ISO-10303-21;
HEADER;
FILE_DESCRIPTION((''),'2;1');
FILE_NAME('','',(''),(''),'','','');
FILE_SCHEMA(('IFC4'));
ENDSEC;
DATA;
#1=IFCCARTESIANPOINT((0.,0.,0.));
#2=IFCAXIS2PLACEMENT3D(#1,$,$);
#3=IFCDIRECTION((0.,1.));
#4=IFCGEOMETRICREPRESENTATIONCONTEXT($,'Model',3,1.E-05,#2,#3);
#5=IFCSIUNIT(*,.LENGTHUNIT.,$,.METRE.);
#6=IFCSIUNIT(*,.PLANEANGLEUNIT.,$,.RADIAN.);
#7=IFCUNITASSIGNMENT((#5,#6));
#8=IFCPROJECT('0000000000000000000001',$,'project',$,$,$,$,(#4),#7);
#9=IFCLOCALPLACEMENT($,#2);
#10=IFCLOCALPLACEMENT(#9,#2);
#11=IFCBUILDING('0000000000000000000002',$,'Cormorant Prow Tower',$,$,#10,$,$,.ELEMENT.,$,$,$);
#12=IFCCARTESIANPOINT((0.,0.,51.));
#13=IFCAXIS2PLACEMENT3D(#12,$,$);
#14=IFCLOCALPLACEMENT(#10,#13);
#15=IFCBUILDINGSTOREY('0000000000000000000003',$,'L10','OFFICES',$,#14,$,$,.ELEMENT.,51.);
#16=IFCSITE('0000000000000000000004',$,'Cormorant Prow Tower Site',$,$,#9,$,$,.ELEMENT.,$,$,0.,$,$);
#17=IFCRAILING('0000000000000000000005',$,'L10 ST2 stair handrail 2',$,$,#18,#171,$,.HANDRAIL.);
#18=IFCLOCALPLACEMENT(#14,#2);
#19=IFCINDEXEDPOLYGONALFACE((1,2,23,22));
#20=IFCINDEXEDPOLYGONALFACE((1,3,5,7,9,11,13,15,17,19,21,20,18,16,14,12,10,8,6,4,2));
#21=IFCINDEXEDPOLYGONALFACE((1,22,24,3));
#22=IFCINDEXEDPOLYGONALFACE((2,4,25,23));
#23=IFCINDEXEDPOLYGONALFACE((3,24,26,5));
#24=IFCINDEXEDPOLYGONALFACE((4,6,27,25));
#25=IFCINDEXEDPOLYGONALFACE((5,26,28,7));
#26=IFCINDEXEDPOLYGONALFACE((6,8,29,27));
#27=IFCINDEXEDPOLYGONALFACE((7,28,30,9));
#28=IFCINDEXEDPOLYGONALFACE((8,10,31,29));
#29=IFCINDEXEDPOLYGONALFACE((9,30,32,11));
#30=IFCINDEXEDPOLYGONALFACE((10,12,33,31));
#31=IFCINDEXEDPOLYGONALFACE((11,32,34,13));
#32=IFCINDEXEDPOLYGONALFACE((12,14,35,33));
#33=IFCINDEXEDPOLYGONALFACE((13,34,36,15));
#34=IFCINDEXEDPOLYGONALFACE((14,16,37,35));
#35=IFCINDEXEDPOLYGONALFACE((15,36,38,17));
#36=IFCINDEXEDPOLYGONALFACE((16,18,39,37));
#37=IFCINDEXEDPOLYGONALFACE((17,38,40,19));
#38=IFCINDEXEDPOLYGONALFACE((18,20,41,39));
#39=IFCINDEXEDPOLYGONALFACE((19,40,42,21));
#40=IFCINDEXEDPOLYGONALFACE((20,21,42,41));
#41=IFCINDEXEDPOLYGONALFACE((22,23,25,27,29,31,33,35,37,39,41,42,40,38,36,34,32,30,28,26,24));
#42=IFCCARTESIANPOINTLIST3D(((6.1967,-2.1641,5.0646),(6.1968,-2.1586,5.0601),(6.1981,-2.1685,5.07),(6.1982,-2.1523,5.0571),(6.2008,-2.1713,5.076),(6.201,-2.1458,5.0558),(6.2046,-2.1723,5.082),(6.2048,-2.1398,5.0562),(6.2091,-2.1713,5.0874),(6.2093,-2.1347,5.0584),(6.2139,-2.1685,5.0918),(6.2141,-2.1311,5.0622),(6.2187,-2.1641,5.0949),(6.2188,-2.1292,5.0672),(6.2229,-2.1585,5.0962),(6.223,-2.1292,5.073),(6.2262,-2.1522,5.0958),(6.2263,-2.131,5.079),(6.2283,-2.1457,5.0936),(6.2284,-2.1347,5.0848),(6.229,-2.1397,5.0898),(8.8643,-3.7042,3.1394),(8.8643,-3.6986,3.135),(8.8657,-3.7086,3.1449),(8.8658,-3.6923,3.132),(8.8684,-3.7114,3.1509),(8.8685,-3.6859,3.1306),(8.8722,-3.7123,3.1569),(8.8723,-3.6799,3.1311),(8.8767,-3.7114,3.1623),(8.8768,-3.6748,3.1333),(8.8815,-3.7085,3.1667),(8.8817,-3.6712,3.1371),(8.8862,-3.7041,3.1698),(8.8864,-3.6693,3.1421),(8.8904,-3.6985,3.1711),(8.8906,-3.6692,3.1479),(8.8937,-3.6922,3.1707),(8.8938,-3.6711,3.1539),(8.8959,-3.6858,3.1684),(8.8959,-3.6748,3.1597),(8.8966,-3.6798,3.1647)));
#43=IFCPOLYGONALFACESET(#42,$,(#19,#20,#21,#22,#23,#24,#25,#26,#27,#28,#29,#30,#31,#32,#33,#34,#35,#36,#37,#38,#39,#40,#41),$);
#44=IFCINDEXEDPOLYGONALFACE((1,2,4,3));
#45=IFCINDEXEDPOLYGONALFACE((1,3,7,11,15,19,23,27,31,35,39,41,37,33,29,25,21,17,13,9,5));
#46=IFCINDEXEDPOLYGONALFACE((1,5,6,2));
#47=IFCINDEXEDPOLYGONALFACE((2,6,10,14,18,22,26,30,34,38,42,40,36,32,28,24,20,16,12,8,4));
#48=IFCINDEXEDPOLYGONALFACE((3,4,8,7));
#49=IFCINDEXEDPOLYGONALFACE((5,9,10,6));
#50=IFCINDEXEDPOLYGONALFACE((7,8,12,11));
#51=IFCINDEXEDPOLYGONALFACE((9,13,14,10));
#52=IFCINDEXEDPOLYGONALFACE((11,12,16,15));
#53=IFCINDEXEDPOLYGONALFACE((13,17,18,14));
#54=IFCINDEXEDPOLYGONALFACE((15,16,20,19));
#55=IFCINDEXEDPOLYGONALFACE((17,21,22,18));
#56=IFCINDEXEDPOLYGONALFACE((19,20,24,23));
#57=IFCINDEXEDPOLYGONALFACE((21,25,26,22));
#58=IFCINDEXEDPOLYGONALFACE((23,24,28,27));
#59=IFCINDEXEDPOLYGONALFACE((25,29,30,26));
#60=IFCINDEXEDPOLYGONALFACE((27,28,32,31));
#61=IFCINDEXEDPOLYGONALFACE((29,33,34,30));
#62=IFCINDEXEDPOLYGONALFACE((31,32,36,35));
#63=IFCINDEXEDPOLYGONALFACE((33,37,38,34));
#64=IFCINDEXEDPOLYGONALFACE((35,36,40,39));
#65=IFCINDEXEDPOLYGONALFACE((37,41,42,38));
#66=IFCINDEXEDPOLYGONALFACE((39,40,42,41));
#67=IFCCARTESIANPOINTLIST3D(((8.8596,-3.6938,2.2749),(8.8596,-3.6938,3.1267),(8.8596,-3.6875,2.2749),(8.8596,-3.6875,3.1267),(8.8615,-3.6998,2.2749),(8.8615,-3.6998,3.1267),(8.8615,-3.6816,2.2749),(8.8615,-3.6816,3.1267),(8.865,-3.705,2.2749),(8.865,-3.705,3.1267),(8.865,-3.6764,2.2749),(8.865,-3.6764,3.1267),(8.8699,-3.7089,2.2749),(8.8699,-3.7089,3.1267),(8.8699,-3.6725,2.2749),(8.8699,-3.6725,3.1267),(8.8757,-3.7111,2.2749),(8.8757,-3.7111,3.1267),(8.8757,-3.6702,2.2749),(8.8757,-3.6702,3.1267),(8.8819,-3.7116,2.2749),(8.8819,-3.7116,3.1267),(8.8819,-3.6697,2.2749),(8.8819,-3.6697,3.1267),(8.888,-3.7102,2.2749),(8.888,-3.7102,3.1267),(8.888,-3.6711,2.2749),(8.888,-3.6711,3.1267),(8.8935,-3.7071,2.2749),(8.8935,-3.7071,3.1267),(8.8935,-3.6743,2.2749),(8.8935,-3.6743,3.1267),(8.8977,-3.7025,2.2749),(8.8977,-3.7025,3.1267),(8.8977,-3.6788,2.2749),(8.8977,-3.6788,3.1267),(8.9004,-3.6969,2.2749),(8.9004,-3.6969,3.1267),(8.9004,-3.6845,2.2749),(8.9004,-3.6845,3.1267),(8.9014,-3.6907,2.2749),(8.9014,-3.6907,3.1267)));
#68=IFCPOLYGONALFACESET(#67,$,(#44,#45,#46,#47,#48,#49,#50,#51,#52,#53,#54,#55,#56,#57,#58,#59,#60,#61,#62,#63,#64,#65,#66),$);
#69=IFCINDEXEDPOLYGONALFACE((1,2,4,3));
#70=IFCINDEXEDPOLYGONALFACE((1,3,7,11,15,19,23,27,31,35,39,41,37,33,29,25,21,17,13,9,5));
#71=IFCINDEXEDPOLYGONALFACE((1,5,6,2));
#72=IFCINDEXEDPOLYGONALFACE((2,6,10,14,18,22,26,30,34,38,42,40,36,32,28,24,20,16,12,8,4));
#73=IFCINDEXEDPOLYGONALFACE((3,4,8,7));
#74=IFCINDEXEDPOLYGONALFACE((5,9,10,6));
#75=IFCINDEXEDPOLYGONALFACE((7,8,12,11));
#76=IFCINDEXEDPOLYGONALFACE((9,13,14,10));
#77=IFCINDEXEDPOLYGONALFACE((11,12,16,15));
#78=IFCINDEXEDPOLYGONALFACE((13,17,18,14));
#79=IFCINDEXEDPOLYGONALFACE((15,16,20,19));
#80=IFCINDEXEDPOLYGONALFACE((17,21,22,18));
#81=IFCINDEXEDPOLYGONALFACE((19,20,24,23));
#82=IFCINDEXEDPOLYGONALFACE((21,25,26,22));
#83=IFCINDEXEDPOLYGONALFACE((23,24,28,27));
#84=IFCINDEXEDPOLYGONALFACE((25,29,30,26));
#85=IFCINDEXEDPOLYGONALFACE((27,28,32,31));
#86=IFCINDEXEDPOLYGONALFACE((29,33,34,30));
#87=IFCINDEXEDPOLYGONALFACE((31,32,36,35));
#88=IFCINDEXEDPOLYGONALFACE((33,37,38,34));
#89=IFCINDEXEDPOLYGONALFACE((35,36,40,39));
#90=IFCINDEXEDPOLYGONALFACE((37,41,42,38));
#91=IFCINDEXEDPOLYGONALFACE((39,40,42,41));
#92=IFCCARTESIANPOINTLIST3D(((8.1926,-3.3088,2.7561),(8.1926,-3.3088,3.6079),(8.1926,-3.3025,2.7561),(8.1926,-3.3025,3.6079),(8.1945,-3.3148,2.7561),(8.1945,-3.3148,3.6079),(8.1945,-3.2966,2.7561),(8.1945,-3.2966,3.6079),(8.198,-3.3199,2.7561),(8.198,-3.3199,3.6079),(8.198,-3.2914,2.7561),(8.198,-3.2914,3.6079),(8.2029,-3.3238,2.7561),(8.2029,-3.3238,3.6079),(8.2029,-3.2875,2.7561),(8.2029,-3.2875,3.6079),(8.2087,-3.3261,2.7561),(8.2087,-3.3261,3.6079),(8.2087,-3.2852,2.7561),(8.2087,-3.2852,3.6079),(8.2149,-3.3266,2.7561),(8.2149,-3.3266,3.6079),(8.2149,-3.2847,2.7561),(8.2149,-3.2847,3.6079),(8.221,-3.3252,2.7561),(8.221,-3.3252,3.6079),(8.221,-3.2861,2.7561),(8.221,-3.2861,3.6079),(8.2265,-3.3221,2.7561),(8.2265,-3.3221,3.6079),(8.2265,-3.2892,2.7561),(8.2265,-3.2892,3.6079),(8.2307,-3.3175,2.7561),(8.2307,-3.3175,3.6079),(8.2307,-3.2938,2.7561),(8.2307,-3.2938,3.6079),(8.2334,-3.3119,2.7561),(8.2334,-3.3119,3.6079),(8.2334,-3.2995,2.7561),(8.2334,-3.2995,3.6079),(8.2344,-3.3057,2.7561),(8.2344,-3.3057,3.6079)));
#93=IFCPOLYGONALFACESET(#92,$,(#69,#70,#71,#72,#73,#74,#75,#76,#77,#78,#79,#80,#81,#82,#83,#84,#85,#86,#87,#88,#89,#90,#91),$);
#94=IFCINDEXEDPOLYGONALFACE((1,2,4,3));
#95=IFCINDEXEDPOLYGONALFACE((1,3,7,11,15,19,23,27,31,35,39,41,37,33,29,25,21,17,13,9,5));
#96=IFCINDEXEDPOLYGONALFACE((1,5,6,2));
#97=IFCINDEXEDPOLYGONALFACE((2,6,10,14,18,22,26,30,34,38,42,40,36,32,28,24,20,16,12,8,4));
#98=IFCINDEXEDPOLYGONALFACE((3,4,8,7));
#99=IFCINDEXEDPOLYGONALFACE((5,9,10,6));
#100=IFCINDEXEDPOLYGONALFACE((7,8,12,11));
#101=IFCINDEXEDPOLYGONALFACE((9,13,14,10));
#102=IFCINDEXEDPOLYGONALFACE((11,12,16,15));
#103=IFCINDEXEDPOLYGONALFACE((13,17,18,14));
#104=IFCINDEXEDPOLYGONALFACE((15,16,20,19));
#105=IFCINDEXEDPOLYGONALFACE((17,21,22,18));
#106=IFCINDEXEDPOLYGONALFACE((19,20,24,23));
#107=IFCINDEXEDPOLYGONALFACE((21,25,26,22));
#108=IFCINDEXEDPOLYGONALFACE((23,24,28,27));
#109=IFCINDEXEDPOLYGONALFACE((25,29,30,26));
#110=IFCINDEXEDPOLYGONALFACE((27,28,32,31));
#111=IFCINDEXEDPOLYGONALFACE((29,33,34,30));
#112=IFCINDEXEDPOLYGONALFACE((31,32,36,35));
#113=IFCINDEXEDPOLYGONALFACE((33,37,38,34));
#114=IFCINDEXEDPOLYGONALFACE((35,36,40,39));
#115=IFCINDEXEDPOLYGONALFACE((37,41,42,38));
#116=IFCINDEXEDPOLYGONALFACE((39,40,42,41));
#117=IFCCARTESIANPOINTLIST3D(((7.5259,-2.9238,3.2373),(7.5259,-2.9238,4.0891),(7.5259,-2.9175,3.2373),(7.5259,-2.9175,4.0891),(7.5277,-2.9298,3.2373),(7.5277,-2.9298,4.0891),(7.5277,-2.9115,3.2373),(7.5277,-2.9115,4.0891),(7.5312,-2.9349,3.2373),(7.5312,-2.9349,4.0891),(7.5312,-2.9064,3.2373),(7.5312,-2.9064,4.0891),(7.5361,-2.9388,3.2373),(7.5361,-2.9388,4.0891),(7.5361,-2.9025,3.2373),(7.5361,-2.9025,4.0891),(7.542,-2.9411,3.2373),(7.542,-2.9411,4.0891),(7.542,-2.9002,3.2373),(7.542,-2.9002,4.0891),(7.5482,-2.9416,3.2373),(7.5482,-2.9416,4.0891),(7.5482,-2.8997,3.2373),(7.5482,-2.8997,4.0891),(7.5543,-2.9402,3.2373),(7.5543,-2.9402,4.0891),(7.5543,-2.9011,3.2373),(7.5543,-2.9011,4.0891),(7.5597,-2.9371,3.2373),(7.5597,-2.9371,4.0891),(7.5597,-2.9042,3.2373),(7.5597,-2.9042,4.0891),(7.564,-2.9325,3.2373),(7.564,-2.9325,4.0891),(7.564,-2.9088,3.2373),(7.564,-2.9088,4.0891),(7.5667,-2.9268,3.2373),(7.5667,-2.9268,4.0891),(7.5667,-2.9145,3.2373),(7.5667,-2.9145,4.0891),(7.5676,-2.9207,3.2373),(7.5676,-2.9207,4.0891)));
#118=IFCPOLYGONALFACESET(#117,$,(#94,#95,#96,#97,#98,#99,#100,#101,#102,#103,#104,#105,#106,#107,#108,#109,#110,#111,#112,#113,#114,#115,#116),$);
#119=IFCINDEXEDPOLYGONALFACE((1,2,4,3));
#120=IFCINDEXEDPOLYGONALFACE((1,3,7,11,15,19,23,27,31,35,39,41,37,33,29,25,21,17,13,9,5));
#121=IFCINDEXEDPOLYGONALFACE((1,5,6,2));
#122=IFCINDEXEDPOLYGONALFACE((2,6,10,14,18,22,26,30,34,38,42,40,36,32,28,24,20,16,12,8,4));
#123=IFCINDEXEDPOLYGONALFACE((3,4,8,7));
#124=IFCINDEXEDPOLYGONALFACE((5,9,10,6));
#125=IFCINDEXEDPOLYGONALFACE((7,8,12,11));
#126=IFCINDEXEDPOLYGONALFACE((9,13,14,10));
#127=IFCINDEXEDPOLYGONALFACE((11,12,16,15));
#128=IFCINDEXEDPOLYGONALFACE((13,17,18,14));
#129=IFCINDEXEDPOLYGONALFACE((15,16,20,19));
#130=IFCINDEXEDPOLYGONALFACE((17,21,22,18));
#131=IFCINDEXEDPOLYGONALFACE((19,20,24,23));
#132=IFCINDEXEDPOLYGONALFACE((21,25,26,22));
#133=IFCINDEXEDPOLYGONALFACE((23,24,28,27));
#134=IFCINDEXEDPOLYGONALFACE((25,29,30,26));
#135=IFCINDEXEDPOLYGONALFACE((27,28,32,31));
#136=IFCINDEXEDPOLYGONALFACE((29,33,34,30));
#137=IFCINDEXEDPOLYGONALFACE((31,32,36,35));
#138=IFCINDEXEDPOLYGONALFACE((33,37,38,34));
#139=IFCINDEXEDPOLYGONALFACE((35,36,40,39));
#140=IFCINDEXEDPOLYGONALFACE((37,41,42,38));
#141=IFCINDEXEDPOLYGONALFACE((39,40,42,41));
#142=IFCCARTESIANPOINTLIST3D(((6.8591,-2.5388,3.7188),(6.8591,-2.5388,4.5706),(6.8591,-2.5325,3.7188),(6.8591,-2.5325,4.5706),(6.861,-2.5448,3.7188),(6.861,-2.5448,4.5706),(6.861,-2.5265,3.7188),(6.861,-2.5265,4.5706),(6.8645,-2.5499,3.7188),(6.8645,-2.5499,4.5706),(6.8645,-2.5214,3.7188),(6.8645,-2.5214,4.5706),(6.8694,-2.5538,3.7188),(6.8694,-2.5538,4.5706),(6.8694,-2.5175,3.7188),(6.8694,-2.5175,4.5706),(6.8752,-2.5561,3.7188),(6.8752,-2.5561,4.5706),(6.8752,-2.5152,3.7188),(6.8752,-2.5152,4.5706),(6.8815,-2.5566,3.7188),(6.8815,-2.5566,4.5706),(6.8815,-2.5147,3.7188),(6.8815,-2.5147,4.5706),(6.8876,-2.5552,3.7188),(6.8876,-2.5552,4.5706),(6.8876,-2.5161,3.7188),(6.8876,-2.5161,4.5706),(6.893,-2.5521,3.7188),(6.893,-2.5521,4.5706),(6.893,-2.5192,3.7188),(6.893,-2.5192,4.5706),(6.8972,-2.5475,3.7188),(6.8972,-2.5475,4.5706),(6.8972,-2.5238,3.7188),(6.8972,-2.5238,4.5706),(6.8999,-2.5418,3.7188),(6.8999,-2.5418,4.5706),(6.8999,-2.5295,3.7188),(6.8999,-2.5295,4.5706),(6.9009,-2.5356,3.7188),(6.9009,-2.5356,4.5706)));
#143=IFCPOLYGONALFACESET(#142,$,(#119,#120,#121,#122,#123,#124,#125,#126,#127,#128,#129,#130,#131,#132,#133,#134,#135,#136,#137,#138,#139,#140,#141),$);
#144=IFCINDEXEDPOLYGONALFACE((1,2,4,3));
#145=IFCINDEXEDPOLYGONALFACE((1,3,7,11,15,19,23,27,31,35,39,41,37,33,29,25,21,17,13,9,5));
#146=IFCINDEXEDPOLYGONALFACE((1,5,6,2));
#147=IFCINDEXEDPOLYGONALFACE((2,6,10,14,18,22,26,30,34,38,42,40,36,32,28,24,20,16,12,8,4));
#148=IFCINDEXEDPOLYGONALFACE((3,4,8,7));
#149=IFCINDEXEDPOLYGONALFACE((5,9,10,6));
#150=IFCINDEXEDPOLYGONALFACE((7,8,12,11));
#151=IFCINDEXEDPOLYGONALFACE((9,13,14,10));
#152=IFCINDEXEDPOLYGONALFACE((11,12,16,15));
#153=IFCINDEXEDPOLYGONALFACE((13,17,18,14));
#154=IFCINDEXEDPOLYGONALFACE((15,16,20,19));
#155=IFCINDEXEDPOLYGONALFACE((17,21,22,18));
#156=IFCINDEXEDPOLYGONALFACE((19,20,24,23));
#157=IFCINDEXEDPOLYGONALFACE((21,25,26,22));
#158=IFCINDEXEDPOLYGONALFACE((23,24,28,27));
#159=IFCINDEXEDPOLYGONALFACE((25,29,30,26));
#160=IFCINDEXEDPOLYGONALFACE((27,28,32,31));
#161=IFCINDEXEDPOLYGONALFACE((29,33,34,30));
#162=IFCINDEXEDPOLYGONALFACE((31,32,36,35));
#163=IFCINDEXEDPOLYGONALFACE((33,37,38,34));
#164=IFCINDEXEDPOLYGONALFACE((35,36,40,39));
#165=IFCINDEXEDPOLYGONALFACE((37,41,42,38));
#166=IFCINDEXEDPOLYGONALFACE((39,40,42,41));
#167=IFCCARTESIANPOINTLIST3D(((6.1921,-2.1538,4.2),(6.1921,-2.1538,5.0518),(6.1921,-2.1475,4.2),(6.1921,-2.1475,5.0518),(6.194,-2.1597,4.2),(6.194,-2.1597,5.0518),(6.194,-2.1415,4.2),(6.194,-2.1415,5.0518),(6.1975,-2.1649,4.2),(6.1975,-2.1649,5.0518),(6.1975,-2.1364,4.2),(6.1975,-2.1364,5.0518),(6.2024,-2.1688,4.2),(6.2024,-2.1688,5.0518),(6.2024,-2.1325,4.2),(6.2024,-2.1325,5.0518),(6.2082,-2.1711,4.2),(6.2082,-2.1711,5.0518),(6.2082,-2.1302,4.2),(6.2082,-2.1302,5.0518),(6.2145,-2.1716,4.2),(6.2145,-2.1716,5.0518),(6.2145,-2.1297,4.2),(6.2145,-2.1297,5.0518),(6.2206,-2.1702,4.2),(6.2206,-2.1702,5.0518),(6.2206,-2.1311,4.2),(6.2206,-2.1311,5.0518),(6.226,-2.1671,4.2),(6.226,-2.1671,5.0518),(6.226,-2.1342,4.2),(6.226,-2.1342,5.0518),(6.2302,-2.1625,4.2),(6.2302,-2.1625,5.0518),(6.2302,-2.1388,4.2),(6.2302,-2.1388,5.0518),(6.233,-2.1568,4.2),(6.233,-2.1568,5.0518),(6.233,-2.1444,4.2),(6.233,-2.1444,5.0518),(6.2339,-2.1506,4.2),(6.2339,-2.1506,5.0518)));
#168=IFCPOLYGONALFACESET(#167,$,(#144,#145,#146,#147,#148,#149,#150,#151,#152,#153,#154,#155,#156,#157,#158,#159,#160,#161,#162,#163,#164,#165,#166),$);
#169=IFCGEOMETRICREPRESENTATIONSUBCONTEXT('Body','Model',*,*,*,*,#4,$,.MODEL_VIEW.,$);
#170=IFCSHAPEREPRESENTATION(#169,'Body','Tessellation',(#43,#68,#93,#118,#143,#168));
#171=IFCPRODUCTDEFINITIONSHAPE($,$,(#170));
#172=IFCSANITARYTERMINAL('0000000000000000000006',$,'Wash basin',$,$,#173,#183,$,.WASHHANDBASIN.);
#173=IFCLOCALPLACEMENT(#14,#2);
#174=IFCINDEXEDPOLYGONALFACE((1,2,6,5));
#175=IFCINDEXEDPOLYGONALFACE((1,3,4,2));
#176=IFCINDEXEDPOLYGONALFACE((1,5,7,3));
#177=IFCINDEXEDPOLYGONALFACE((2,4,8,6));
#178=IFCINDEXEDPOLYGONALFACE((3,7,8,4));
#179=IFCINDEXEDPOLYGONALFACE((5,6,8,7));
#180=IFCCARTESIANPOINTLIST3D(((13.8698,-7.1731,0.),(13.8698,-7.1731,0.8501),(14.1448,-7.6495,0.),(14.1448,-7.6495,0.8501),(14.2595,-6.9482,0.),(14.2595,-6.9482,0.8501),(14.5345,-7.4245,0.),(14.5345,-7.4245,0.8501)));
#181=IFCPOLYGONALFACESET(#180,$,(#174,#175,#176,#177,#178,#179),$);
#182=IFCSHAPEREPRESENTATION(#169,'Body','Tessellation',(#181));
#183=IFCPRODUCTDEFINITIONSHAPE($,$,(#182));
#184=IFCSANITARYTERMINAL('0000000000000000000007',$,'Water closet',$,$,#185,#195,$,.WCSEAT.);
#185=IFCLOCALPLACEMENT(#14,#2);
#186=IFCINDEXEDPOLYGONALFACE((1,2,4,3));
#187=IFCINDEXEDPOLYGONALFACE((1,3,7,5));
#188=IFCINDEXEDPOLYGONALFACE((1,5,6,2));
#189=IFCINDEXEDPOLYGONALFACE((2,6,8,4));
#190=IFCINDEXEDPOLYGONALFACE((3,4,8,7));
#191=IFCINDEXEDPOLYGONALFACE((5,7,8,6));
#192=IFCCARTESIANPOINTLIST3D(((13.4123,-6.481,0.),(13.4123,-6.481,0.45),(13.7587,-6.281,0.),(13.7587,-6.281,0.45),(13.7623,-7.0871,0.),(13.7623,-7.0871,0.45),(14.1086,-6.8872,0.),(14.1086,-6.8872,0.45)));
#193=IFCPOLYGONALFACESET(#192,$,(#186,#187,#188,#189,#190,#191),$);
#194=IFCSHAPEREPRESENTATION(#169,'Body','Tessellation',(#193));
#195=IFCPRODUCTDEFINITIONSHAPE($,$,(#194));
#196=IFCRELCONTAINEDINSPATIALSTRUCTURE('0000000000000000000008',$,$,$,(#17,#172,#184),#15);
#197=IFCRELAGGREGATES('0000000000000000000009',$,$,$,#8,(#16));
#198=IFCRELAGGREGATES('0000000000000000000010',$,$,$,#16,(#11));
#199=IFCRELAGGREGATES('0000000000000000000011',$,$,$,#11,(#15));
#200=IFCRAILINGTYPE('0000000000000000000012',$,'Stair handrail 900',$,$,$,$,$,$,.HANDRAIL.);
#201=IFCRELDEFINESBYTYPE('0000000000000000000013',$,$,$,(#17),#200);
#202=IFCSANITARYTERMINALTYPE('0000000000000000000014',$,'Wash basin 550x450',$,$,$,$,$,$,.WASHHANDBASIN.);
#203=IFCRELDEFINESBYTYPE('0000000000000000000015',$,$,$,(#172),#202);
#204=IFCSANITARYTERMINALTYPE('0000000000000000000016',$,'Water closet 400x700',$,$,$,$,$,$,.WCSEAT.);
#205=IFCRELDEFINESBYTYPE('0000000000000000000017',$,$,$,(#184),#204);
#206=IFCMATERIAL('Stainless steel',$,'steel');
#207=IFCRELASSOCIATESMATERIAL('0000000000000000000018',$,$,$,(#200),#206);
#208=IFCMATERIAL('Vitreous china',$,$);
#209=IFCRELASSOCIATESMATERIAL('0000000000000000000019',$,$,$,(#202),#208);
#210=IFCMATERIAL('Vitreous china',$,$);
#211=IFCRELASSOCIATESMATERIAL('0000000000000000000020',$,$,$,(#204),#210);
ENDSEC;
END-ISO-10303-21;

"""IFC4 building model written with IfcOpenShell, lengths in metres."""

from ifc_helpers import new_model, si_unit, direction, frame, origin, origin_2d, place, context, subcontext, project, spatial, rectangle, circle, extrude, material, type_object, element, save


model = new_model("IFC4")

# Units and contexts
model_context = context("Model", 3, precision=1e-05, world=origin(), true_north=direction((0.0, 1.0)))
body_context = subcontext(model_context, "Body", "Model", "MODEL_VIEW")
ifc_project = project(units=[si_unit("LENGTHUNIT", "METRE"), si_unit("PLANEANGLEUNIT", "RADIAN")], contexts=[model_context])

# Site, building, storey
site_placement = place(None, origin())
site = spatial("IfcSite", under=ifc_project, at=site_placement, Name="Cormorant Prow Tower Site", CompositionType="ELEMENT", RefElevation=0.0)
building_placement = place(site_placement, origin())
building = spatial("IfcBuilding", under=site, at=building_placement, Name="Cormorant Prow Tower", CompositionType="ELEMENT")
storey_placement = place(building_placement, frame((0.0, 0.0, 51.0)))
storey = spatial("IfcBuildingStorey", under=building, at=storey_placement, Name="L10", Description="OFFICES", CompositionType="ELEMENT", Elevation=51.0)

# Railing
ifc_material_1 = material(Name="Stainless steel", Category="steel")
railing_type_1 = type_object("IfcRailingType", Name="Stair handrail 900", PredefinedType="HANDRAIL", material=ifc_material_1)
railing_1_placement = place(storey_placement, frame((8.8804, -3.6907, 2.2749)))
element("IfcRailing", 1, at=railing_1_placement, inside=storey, type_object=railing_type_1, Name="L10 ST2 stair handrail 2", PredefinedType="HANDRAIL", context=body_context, shape_type="SweptSolid", body=[
    extrude(circle(Radius=0.0239, at=origin_2d()), frame((0.0, 0.0, 0.876), z_axis=(-0.734395, 0.423994, 0.529993), x_axis=(-0.499992, -0.86603, 0.0)), (0.0, 0.0, 1.0), 3.6323),
    extrude(circle(Radius=0.021, at=origin_2d()), origin(), (0.0, 0.0, 1.0), 0.8518),
    extrude(circle(Radius=0.021, at=origin_2d()), frame((-0.667, 0.385, 0.4812)), (0.0, 0.0, 1.0), 0.8518),
    extrude(circle(Radius=0.021, at=origin_2d()), frame((-1.3337, 0.77, 0.9624)), (0.0, 0.0, 1.0), 0.8518),
    extrude(circle(Radius=0.021, at=origin_2d()), frame((-2.0005, 1.155, 1.4438)), (0.0, 0.0, 1.0), 0.8518),
    extrude(circle(Radius=0.021, at=origin_2d()), frame((-2.6675, 1.54, 1.925)), (0.0, 0.0, 1.0), 0.8518),
])

# Sanitary terminals
ifc_material_2 = material(Name="Vitreous china")
sanitary_terminal_type_1 = type_object("IfcSanitaryTerminalType", Name="Wash basin 550x450", PredefinedType="WASHHANDBASIN", material=ifc_material_2)
sanitary_terminal_1_placement = place(storey_placement, frame((14.2021, -7.2988, 0.0), z_axis=(0.0, 0.0, 1.0), x_axis=(-0.5, 0.866025, 0.0)))
element("IfcSanitaryTerminal", 2, at=sanitary_terminal_1_placement, inside=storey, type_object=sanitary_terminal_type_1, Name="Wash basin", PredefinedType="WASHHANDBASIN", context=body_context, shape_type="SweptSolid", body=[
    extrude(rectangle(XDim=0.55, YDim=0.45, at=origin_2d()), origin(), (0.0, 0.0, 1.0), 0.8501),
])
ifc_material_3 = material(Name="Vitreous china")
sanitary_terminal_type_2 = type_object("IfcSanitaryTerminalType", Name="Water closet 400x700", PredefinedType="WCSEAT", material=ifc_material_3)
sanitary_terminal_2_placement = place(storey_placement, frame((13.7605, -6.6841, 0.0), z_axis=(0.0, 0.0, 1.0), x_axis=(-0.866025, -0.5, 0.0)))
element("IfcSanitaryTerminal", 3, at=sanitary_terminal_2_placement, inside=storey, type_object=sanitary_terminal_type_2, Name="Water closet", PredefinedType="WCSEAT", context=body_context, shape_type="SweptSolid", body=[
    extrude(rectangle(XDim=0.3999, YDim=0.7, at=origin_2d()), origin(), (0.0, 0.0, 1.0), 0.45),
])

save(model, "model.ifc")
